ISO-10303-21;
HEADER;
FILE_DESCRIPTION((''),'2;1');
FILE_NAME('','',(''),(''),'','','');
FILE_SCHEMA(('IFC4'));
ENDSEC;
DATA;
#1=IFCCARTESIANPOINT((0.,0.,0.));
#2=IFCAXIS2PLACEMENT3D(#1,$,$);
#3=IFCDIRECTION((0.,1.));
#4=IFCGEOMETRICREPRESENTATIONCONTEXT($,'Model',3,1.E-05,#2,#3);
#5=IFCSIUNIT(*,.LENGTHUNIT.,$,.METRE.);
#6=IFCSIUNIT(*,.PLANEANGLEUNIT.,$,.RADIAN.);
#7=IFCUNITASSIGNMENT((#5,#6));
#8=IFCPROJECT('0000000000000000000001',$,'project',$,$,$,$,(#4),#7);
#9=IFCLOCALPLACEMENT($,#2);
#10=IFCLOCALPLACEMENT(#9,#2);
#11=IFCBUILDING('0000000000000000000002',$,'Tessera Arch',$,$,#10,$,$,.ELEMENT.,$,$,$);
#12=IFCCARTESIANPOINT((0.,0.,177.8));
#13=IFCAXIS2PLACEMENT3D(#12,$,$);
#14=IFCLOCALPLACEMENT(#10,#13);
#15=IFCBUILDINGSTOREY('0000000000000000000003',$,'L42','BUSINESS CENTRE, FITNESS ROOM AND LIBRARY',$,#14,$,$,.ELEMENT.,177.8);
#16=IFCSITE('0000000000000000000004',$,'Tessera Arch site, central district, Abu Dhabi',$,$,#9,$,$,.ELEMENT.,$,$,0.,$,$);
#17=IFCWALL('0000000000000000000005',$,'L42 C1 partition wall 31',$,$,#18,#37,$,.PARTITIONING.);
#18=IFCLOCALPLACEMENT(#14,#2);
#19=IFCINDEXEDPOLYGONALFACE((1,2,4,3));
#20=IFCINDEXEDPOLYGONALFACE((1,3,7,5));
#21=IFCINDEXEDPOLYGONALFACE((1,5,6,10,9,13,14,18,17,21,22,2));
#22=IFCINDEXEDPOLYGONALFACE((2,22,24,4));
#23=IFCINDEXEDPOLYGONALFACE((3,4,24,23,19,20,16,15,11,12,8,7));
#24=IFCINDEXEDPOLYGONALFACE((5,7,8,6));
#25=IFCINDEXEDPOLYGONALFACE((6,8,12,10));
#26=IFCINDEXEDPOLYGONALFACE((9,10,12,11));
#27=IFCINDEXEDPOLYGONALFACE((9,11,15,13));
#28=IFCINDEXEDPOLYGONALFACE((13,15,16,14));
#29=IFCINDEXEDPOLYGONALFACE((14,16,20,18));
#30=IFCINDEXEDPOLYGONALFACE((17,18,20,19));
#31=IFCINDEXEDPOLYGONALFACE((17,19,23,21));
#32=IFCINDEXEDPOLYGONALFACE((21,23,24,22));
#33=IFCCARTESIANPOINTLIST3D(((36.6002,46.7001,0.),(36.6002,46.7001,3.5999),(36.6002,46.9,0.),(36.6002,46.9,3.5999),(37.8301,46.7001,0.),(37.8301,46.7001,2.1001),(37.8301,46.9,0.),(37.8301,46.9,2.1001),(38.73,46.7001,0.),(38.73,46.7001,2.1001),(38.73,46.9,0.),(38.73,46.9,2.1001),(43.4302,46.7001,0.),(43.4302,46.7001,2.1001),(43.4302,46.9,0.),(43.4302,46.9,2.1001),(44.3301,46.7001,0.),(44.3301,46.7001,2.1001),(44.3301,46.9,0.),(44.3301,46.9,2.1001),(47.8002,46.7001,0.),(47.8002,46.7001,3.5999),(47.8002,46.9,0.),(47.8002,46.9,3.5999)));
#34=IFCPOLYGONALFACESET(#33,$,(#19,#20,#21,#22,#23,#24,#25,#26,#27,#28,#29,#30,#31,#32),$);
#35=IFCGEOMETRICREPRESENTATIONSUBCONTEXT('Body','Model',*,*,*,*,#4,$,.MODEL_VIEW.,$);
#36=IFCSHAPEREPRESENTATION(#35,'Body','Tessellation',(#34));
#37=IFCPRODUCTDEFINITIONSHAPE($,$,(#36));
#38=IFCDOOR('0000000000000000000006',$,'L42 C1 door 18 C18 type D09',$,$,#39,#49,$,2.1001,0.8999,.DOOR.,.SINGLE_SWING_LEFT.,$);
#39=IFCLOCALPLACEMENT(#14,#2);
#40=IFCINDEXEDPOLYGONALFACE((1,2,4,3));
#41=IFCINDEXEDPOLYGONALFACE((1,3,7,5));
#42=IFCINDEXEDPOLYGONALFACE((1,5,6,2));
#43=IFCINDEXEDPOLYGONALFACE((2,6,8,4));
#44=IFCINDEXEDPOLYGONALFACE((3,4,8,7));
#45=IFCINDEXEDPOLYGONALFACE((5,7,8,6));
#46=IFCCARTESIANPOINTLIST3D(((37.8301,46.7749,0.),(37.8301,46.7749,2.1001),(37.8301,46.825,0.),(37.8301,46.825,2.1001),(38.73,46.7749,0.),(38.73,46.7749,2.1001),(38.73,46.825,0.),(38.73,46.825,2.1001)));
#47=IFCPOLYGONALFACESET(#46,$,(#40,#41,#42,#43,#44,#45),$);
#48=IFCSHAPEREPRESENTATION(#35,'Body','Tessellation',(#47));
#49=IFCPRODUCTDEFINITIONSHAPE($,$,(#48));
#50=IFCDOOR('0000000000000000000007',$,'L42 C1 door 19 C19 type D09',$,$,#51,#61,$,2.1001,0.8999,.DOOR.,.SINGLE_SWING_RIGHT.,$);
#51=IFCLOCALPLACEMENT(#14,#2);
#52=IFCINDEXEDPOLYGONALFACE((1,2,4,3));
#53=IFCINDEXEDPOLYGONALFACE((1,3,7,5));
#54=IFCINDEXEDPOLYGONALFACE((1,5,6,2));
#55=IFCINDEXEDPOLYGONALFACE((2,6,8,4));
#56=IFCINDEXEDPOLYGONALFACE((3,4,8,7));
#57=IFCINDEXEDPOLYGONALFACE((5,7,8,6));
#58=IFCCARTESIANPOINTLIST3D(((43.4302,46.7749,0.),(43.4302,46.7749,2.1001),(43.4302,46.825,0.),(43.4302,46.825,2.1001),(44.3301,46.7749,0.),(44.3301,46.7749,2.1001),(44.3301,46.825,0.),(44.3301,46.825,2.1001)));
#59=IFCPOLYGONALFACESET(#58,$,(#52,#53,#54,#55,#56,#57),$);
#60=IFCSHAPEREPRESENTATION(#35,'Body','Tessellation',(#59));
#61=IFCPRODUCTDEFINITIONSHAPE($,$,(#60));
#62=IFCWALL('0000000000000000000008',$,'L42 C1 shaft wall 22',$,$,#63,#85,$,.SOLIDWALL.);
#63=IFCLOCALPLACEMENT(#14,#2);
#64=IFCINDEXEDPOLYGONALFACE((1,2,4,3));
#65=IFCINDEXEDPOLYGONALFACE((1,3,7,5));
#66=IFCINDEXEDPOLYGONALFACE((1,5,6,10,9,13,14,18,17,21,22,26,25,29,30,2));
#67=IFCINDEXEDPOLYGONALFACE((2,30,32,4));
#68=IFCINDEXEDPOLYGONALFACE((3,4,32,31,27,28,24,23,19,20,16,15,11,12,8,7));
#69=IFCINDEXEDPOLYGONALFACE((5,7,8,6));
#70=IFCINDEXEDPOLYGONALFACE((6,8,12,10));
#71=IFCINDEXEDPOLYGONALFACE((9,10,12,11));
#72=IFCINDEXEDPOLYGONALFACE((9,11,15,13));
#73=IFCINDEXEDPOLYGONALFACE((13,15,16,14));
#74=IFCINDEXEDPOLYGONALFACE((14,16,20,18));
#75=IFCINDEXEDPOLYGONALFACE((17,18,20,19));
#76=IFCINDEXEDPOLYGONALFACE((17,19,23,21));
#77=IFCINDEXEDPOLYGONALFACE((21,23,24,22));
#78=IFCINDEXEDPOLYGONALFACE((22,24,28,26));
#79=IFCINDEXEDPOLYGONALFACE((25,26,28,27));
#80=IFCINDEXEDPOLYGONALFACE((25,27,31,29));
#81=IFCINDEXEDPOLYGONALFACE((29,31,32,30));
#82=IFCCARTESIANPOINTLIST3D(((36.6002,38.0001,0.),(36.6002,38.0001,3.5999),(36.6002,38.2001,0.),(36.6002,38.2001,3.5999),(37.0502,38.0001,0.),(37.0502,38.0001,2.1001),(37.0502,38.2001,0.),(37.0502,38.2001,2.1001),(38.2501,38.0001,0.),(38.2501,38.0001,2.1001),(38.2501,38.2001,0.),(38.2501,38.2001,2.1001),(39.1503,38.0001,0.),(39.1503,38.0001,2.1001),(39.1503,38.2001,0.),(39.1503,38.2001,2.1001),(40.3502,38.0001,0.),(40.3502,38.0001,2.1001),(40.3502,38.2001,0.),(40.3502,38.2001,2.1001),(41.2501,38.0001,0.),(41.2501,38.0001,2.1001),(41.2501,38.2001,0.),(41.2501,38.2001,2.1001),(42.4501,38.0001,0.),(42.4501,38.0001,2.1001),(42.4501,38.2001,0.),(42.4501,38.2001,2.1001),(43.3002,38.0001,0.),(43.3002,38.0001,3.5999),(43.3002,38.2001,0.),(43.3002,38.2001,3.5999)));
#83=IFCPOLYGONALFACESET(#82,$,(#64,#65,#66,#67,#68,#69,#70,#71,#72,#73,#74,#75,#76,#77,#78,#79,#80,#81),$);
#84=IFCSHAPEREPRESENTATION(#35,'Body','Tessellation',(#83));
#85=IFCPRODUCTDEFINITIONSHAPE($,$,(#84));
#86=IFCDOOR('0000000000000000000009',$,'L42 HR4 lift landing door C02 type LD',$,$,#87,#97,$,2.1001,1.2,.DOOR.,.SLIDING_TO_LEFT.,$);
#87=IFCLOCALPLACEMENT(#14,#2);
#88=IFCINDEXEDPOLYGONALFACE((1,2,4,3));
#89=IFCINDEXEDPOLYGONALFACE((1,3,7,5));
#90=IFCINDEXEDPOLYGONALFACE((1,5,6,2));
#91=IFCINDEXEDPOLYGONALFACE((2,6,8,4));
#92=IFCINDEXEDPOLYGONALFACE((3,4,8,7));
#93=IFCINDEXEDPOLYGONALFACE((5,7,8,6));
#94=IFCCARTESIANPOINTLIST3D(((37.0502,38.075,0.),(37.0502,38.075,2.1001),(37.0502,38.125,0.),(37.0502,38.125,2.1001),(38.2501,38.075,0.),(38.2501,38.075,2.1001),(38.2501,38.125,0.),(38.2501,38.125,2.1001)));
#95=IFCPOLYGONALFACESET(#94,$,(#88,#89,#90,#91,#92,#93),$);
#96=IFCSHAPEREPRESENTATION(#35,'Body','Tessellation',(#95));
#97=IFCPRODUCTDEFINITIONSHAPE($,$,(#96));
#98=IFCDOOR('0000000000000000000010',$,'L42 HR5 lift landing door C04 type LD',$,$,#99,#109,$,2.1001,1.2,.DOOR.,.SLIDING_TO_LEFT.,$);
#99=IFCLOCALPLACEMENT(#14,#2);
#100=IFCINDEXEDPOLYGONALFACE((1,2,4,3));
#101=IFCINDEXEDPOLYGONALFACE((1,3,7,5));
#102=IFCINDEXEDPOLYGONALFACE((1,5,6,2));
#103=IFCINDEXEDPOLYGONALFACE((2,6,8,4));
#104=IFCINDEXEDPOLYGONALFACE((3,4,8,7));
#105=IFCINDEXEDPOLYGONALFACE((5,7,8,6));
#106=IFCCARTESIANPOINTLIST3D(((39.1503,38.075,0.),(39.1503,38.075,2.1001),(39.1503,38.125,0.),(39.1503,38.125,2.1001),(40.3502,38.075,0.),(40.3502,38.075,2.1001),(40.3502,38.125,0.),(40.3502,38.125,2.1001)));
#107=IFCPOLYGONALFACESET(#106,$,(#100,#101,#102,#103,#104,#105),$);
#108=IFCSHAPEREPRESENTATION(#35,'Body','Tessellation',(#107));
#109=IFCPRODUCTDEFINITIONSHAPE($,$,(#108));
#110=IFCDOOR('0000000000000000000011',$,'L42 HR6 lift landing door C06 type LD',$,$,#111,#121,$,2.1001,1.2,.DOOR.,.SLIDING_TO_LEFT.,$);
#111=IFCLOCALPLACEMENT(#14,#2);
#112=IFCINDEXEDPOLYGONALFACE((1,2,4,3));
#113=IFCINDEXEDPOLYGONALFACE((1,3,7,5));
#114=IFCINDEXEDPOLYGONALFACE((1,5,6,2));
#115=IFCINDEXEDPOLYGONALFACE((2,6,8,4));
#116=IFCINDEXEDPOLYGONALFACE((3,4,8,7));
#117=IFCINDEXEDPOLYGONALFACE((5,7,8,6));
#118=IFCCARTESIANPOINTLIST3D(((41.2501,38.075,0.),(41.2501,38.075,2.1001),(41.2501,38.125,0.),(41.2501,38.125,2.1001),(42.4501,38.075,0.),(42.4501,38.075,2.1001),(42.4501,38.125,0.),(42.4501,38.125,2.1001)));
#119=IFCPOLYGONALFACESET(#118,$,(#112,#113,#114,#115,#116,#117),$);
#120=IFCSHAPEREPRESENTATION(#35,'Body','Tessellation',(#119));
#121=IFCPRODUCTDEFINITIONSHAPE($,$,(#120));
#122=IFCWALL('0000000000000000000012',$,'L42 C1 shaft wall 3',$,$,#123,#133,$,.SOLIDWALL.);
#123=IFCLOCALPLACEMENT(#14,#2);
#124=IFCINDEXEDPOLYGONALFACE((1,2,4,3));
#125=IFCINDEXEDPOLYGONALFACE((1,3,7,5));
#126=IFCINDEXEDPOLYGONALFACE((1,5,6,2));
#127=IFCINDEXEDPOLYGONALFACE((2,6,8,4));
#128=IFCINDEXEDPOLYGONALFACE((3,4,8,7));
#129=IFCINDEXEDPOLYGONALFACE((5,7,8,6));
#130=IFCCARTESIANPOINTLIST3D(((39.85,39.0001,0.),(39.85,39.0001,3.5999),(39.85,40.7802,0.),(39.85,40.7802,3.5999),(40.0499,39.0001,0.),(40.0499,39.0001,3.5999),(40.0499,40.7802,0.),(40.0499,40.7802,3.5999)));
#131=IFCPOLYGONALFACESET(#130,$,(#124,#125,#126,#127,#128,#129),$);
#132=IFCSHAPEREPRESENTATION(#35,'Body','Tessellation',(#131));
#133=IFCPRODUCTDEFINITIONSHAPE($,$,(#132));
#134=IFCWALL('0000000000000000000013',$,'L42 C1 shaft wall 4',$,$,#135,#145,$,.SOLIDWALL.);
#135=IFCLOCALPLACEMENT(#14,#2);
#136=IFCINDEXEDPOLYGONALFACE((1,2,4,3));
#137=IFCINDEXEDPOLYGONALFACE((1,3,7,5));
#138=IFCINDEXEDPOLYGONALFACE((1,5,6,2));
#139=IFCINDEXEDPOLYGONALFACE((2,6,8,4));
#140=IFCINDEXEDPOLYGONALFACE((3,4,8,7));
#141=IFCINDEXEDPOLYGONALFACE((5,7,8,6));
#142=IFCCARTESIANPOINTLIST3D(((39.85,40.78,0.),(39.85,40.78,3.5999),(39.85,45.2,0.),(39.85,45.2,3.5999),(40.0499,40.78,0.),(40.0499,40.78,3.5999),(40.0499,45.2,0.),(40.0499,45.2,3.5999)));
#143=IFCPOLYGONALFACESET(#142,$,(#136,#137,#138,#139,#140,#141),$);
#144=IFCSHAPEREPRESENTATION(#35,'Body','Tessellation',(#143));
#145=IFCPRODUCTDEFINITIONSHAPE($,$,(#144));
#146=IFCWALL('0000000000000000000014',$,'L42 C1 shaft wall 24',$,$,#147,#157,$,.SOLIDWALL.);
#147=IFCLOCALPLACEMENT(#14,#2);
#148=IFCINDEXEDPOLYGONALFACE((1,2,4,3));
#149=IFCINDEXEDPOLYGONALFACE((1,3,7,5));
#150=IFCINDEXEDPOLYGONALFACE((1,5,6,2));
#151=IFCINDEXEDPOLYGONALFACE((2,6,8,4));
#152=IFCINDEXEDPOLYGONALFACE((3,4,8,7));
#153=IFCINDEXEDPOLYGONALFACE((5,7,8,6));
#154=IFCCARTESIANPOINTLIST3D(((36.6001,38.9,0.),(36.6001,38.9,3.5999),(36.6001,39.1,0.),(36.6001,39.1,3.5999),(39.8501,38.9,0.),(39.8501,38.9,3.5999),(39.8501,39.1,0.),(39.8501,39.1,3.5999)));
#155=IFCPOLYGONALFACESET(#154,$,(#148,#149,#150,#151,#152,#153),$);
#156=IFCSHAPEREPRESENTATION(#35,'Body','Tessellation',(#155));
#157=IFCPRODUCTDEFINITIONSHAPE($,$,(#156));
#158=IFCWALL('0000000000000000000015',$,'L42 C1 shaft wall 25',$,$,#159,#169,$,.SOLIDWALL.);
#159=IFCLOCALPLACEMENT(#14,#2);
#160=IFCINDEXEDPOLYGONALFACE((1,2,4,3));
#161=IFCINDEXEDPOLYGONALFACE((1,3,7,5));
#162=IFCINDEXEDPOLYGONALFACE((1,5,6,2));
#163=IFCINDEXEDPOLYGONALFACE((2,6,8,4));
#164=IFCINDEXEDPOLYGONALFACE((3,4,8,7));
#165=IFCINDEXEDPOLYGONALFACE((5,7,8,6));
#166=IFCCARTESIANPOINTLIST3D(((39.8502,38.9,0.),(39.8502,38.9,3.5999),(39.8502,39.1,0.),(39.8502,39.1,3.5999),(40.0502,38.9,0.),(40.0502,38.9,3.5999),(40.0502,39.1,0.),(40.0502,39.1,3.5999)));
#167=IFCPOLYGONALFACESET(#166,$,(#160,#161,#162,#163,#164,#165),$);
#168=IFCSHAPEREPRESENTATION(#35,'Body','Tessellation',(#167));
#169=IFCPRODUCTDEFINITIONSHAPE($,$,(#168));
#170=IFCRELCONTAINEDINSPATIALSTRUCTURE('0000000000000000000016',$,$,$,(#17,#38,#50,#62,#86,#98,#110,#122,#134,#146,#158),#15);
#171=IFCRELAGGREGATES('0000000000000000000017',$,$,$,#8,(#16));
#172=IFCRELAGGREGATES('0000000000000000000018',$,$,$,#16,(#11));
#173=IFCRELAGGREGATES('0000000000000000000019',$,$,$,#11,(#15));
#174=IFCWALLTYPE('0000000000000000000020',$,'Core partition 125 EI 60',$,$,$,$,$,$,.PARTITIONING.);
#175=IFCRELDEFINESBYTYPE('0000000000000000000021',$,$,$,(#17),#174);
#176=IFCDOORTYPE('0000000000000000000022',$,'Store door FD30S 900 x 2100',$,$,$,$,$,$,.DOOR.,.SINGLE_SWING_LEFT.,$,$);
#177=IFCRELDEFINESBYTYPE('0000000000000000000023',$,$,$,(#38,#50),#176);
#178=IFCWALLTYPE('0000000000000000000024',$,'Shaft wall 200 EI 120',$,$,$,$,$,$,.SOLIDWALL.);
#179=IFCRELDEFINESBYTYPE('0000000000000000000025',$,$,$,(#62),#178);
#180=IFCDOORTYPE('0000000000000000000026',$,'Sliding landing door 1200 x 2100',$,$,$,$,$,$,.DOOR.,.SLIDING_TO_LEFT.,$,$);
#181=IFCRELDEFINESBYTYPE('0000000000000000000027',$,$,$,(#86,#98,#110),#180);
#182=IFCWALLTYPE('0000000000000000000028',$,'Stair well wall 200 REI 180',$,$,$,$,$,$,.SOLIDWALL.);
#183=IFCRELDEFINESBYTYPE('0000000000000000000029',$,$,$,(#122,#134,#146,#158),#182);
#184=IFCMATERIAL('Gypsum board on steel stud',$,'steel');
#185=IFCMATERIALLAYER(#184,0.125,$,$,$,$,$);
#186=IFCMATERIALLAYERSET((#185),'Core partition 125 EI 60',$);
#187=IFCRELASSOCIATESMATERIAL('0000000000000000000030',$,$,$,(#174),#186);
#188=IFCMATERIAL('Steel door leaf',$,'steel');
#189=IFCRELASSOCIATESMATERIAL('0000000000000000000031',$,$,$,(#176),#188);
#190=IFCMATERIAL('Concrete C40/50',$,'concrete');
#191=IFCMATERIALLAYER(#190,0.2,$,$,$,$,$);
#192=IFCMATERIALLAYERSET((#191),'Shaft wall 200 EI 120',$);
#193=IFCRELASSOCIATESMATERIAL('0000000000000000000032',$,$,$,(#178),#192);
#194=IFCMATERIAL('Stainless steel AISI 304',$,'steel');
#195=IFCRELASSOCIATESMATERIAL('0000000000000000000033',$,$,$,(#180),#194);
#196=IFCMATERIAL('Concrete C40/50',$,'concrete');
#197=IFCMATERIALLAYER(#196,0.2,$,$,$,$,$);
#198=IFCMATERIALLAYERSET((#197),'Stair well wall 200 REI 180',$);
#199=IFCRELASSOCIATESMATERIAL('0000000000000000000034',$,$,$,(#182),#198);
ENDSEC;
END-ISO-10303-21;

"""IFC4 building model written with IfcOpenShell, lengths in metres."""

from ifc_helpers import new_model, si_unit, direction, frame, frame_2d, origin, place, context, subcontext, project, spatial, rectangle, extrude, material, layer, layer_set, type_object, element, fill, save


model = new_model("IFC4")

# Units and contexts
model_context = context("Model", 3, precision=1e-05, world=origin(), true_north=direction((0.0, 1.0)))
body_context = subcontext(model_context, "Body", "Model", "MODEL_VIEW")
ifc_project = project(units=[si_unit("LENGTHUNIT", "METRE"), si_unit("PLANEANGLEUNIT", "RADIAN")], contexts=[model_context])

# Site, building, storey
site_placement = place(None, origin())
site = spatial("IfcSite", under=ifc_project, at=site_placement, Name="Tessera Arch site, central district, Abu Dhabi", CompositionType="ELEMENT", RefElevation=0.0)
building_placement = place(site_placement, origin())
building = spatial("IfcBuilding", under=site, at=building_placement, Name="Tessera Arch", CompositionType="ELEMENT")
storey_placement = place(building_placement, frame((0.0, 0.0, 177.8)))
storey = spatial("IfcBuildingStorey", under=building, at=storey_placement, Name="L42", Description="BUSINESS CENTRE, FITNESS ROOM AND LIBRARY", CompositionType="ELEMENT", Elevation=177.8)

# Walls, openings, doors
ifc_material_1 = material(Name="Gypsum board on steel stud", Category="steel")
ifc_layer_1 = layer(ifc_material_1, 0.125)
ifc_layer_set_1 = layer_set([ifc_layer_1], Name="Core partition 125 EI 60")
wall_type_1 = type_object("IfcWallType", Name="Core partition 125 EI 60", PredefinedType="PARTITIONING", material=ifc_layer_set_1)
wall_1_placement = place(storey_placement, frame((36.6001, 46.8, 0.0), z_axis=(0.0, 0.0, 1.0), x_axis=(1.0, 0.0, 0.0)))
wall_1 = element("IfcWall", 1, at=wall_1_placement, inside=storey, type_object=wall_type_1, Name="L42 C1 partition wall 31", PredefinedType="PARTITIONING", context=body_context, shape_type="SweptSolid", body=[
    extrude(rectangle(XDim=11.2, YDim=0.2, at=frame_2d((5.6001, 0.0))), origin(), (0.0, 0.0, 1.0), 3.5999),
])
opening_1_placement = place(wall_1_placement, frame((1.23, 0.0, 0.0)))
opening_1 = element("IfcOpeningElement", 2, at=opening_1_placement, cuts=wall_1, PredefinedType="OPENING", context=body_context, shape_type="SweptSolid", body=[
    extrude(rectangle(XDim=0.8999, YDim=2.1001, at=frame_2d((0.45, 1.05))), frame((0.0, 0.1099, 0.0), z_axis=(0.0, -1.0, 0.0), x_axis=(1.0, 0.0, 0.0)), (0.0, 0.0, 1.0), 0.22),
])
opening_2_placement = place(wall_1_placement, frame((6.8301, 0.0, 0.0)))
opening_2 = element("IfcOpeningElement", 3, at=opening_2_placement, cuts=wall_1, PredefinedType="OPENING", context=body_context, shape_type="SweptSolid", body=[
    extrude(rectangle(XDim=0.8999, YDim=2.1001, at=frame_2d((0.45, 1.05))), frame((0.0, 0.1099, 0.0), z_axis=(0.0, -1.0, 0.0), x_axis=(1.0, 0.0, 0.0)), (0.0, 0.0, 1.0), 0.22),
])
ifc_material_2 = material(Name="Steel door leaf", Category="steel")
door_type_1 = type_object("IfcDoorType", Name="Store door FD30S 900 x 2100", OperationType="SINGLE_SWING_LEFT", PredefinedType="DOOR", material=ifc_material_2)
door_1_placement = place(opening_1_placement, origin())
door_1 = element("IfcDoor", 4, at=door_1_placement, inside=storey, type_object=door_type_1, Name="L42 C1 door 18 C18 type D09", OperationType="SINGLE_SWING_LEFT", OverallHeight=2.1001, OverallWidth=0.8999, PredefinedType="DOOR", context=body_context, shape_type="SweptSolid", body=[
    extrude(rectangle(XDim=0.8999, YDim=2.1001, at=frame_2d((0.45, 1.05))), frame((0.0, 0.0249, 0.0), z_axis=(0.0, -1.0, 0.0), x_axis=(1.0, 0.0, 0.0)), (0.0, 0.0, 1.0), 0.05),
])
fill(opening_1, door_1)
door_2_placement = place(opening_2_placement, origin())
door_2 = element("IfcDoor", 5, at=door_2_placement, inside=storey, type_object=door_type_1, Name="L42 C1 door 19 C19 type D09", OperationType="SINGLE_SWING_RIGHT", OverallHeight=2.1001, OverallWidth=0.8999, PredefinedType="DOOR", context=body_context, shape_type="SweptSolid", body=[
    extrude(rectangle(XDim=0.8999, YDim=2.1001, at=frame_2d((0.45, 1.05))), frame((0.0, 0.0249, 0.0), z_axis=(0.0, -1.0, 0.0), x_axis=(1.0, 0.0, 0.0)), (0.0, 0.0, 1.0), 0.05),
])
fill(opening_2, door_2)
ifc_material_3 = material(Name="Concrete C40/50", Category="concrete")
ifc_layer_2 = layer(ifc_material_3, 0.2)
ifc_layer_set_2 = layer_set([ifc_layer_2], Name="Shaft wall 200 EI 120")
wall_type_2 = type_object("IfcWallType", Name="Shaft wall 200 EI 120", PredefinedType="SOLIDWALL", material=ifc_layer_set_2)
wall_2_placement = place(storey_placement, frame((36.6001, 38.1001, 0.0), z_axis=(0.0, 0.0, 1.0), x_axis=(1.0, 0.0, 0.0)))
wall_2 = element("IfcWall", 6, at=wall_2_placement, inside=storey, type_object=wall_type_2, Name="L42 C1 shaft wall 22", PredefinedType="SOLIDWALL", context=body_context, shape_type="SweptSolid", body=[
    extrude(rectangle(XDim=6.7, YDim=0.2, at=frame_2d((3.3501, 0.0))), origin(), (0.0, 0.0, 1.0), 3.5999),
])
opening_3_placement = place(wall_2_placement, frame((0.45, 0.0, 0.0)))
opening_3 = element("IfcOpeningElement", 7, at=opening_3_placement, cuts=wall_2, PredefinedType="OPENING", context=body_context, shape_type="SweptSolid", body=[
    extrude(rectangle(XDim=1.2, YDim=2.1001, at=frame_2d((0.6001, 1.05))), frame((0.0, 0.1099, 0.0), z_axis=(0.0, -1.0, 0.0), x_axis=(1.0, 0.0, 0.0)), (0.0, 0.0, 1.0), 0.22),
])
opening_4_placement = place(wall_2_placement, frame((2.55, 0.0, 0.0)))
opening_4 = element("IfcOpeningElement", 8, at=opening_4_placement, cuts=wall_2, PredefinedType="OPENING", context=body_context, shape_type="SweptSolid", body=[
    extrude(rectangle(XDim=1.2, YDim=2.1001, at=frame_2d((0.6001, 1.05))), frame((0.0, 0.1099, 0.0), z_axis=(0.0, -1.0, 0.0), x_axis=(1.0, 0.0, 0.0)), (0.0, 0.0, 1.0), 0.22),
])
opening_5_placement = place(wall_2_placement, frame((4.6499, 0.0, 0.0)))
opening_5 = element("IfcOpeningElement", 9, at=opening_5_placement, cuts=wall_2, PredefinedType="OPENING", context=body_context, shape_type="SweptSolid", body=[
    extrude(rectangle(XDim=1.2, YDim=2.1001, at=frame_2d((0.6001, 1.05))), frame((0.0, 0.1099, 0.0), z_axis=(0.0, -1.0, 0.0), x_axis=(1.0, 0.0, 0.0)), (0.0, 0.0, 1.0), 0.22),
])
ifc_material_4 = material(Name="Stainless steel AISI 304", Category="steel")
door_type_2 = type_object("IfcDoorType", Name="Sliding landing door 1200 x 2100", OperationType="SLIDING_TO_LEFT", PredefinedType="DOOR", material=ifc_material_4)
door_3_placement = place(opening_3_placement, origin())
door_3 = element("IfcDoor", 10, at=door_3_placement, inside=storey, type_object=door_type_2, Name="L42 HR4 lift landing door C02 type LD", OperationType="SLIDING_TO_LEFT", OverallHeight=2.1001, OverallWidth=1.2, PredefinedType="DOOR", context=body_context, shape_type="SweptSolid", body=[
    extrude(rectangle(XDim=1.2, YDim=2.1001, at=frame_2d((0.6001, 1.05))), frame((0.0, 0.0249, 0.0), z_axis=(0.0, -1.0, 0.0), x_axis=(1.0, 0.0, 0.0)), (0.0, 0.0, 1.0), 0.05),
])
fill(opening_3, door_3)
door_4_placement = place(opening_4_placement, origin())
door_4 = element("IfcDoor", 11, at=door_4_placement, inside=storey, type_object=door_type_2, Name="L42 HR5 lift landing door C04 type LD", OperationType="SLIDING_TO_LEFT", OverallHeight=2.1001, OverallWidth=1.2, PredefinedType="DOOR", context=body_context, shape_type="SweptSolid", body=[
    extrude(rectangle(XDim=1.2, YDim=2.1001, at=frame_2d((0.6001, 1.05))), frame((0.0, 0.0249, 0.0), z_axis=(0.0, -1.0, 0.0), x_axis=(1.0, 0.0, 0.0)), (0.0, 0.0, 1.0), 0.05),
])
fill(opening_4, door_4)
door_5_placement = place(opening_5_placement, origin())
door_5 = element("IfcDoor", 12, at=door_5_placement, inside=storey, type_object=door_type_2, Name="L42 HR6 lift landing door C06 type LD", OperationType="SLIDING_TO_LEFT", OverallHeight=2.1001, OverallWidth=1.2, PredefinedType="DOOR", context=body_context, shape_type="SweptSolid", body=[
    extrude(rectangle(XDim=1.2, YDim=2.1001, at=frame_2d((0.6001, 1.05))), frame((0.0, 0.0249, 0.0), z_axis=(0.0, -1.0, 0.0), x_axis=(1.0, 0.0, 0.0)), (0.0, 0.0, 1.0), 0.05),
])
fill(opening_5, door_5)

# Walls
ifc_material_5 = material(Name="Concrete C40/50", Category="concrete")
ifc_layer_3 = layer(ifc_material_5, 0.2)
ifc_layer_set_3 = layer_set([ifc_layer_3], Name="Stair well wall 200 REI 180")
wall_type_3 = type_object("IfcWallType", Name="Stair well wall 200 REI 180", PredefinedType="SOLIDWALL", material=ifc_layer_set_3)
wall_3_placement = place(storey_placement, frame((39.95, 39.0, 0.0), z_axis=(0.0, 0.0, 1.0), x_axis=(0.0, 1.0, 0.0)))
element("IfcWall", 13, at=wall_3_placement, inside=storey, type_object=wall_type_3, Name="L42 C1 shaft wall 3", PredefinedType="SOLIDWALL", context=body_context, shape_type="SweptSolid", body=[
    extrude(rectangle(XDim=1.78, YDim=0.2, at=frame_2d((0.8901, 0.0))), origin(), (0.0, 0.0, 1.0), 3.5999),
])
wall_4_placement = place(storey_placement, frame((39.95, 40.78, 0.0), z_axis=(0.0, 0.0, 1.0), x_axis=(0.0, 1.0, 0.0)))
element("IfcWall", 14, at=wall_4_placement, inside=storey, type_object=wall_type_3, Name="L42 C1 shaft wall 4", PredefinedType="SOLIDWALL", context=body_context, shape_type="SweptSolid", body=[
    extrude(rectangle(XDim=4.4199, YDim=0.2, at=frame_2d((2.21, 0.0))), origin(), (0.0, 0.0, 1.0), 3.5999),
])
wall_5_placement = place(storey_placement, frame((36.6001, 39.0, 0.0), z_axis=(0.0, 0.0, 1.0), x_axis=(1.0, 0.0, 0.0)))
element("IfcWall", 15, at=wall_5_placement, inside=storey, type_object=wall_type_3, Name="L42 C1 shaft wall 24", PredefinedType="SOLIDWALL", context=body_context, shape_type="SweptSolid", body=[
    extrude(rectangle(XDim=3.25, YDim=0.2, at=frame_2d((1.625, 0.0))), origin(), (0.0, 0.0, 1.0), 3.5999),
])
wall_6_placement = place(storey_placement, frame((39.8501, 39.0, 0.0), z_axis=(0.0, 0.0, 1.0), x_axis=(1.0, 0.0, 0.0)))
element("IfcWall", 16, at=wall_6_placement, inside=storey, type_object=wall_type_3, Name="L42 C1 shaft wall 25", PredefinedType="SOLIDWALL", context=body_context, shape_type="SweptSolid", body=[
    extrude(rectangle(XDim=0.2, YDim=0.2, at=frame_2d((0.1001, 0.0))), origin(), (0.0, 0.0, 1.0), 3.5999),
])

save(model, "model.ifc")
